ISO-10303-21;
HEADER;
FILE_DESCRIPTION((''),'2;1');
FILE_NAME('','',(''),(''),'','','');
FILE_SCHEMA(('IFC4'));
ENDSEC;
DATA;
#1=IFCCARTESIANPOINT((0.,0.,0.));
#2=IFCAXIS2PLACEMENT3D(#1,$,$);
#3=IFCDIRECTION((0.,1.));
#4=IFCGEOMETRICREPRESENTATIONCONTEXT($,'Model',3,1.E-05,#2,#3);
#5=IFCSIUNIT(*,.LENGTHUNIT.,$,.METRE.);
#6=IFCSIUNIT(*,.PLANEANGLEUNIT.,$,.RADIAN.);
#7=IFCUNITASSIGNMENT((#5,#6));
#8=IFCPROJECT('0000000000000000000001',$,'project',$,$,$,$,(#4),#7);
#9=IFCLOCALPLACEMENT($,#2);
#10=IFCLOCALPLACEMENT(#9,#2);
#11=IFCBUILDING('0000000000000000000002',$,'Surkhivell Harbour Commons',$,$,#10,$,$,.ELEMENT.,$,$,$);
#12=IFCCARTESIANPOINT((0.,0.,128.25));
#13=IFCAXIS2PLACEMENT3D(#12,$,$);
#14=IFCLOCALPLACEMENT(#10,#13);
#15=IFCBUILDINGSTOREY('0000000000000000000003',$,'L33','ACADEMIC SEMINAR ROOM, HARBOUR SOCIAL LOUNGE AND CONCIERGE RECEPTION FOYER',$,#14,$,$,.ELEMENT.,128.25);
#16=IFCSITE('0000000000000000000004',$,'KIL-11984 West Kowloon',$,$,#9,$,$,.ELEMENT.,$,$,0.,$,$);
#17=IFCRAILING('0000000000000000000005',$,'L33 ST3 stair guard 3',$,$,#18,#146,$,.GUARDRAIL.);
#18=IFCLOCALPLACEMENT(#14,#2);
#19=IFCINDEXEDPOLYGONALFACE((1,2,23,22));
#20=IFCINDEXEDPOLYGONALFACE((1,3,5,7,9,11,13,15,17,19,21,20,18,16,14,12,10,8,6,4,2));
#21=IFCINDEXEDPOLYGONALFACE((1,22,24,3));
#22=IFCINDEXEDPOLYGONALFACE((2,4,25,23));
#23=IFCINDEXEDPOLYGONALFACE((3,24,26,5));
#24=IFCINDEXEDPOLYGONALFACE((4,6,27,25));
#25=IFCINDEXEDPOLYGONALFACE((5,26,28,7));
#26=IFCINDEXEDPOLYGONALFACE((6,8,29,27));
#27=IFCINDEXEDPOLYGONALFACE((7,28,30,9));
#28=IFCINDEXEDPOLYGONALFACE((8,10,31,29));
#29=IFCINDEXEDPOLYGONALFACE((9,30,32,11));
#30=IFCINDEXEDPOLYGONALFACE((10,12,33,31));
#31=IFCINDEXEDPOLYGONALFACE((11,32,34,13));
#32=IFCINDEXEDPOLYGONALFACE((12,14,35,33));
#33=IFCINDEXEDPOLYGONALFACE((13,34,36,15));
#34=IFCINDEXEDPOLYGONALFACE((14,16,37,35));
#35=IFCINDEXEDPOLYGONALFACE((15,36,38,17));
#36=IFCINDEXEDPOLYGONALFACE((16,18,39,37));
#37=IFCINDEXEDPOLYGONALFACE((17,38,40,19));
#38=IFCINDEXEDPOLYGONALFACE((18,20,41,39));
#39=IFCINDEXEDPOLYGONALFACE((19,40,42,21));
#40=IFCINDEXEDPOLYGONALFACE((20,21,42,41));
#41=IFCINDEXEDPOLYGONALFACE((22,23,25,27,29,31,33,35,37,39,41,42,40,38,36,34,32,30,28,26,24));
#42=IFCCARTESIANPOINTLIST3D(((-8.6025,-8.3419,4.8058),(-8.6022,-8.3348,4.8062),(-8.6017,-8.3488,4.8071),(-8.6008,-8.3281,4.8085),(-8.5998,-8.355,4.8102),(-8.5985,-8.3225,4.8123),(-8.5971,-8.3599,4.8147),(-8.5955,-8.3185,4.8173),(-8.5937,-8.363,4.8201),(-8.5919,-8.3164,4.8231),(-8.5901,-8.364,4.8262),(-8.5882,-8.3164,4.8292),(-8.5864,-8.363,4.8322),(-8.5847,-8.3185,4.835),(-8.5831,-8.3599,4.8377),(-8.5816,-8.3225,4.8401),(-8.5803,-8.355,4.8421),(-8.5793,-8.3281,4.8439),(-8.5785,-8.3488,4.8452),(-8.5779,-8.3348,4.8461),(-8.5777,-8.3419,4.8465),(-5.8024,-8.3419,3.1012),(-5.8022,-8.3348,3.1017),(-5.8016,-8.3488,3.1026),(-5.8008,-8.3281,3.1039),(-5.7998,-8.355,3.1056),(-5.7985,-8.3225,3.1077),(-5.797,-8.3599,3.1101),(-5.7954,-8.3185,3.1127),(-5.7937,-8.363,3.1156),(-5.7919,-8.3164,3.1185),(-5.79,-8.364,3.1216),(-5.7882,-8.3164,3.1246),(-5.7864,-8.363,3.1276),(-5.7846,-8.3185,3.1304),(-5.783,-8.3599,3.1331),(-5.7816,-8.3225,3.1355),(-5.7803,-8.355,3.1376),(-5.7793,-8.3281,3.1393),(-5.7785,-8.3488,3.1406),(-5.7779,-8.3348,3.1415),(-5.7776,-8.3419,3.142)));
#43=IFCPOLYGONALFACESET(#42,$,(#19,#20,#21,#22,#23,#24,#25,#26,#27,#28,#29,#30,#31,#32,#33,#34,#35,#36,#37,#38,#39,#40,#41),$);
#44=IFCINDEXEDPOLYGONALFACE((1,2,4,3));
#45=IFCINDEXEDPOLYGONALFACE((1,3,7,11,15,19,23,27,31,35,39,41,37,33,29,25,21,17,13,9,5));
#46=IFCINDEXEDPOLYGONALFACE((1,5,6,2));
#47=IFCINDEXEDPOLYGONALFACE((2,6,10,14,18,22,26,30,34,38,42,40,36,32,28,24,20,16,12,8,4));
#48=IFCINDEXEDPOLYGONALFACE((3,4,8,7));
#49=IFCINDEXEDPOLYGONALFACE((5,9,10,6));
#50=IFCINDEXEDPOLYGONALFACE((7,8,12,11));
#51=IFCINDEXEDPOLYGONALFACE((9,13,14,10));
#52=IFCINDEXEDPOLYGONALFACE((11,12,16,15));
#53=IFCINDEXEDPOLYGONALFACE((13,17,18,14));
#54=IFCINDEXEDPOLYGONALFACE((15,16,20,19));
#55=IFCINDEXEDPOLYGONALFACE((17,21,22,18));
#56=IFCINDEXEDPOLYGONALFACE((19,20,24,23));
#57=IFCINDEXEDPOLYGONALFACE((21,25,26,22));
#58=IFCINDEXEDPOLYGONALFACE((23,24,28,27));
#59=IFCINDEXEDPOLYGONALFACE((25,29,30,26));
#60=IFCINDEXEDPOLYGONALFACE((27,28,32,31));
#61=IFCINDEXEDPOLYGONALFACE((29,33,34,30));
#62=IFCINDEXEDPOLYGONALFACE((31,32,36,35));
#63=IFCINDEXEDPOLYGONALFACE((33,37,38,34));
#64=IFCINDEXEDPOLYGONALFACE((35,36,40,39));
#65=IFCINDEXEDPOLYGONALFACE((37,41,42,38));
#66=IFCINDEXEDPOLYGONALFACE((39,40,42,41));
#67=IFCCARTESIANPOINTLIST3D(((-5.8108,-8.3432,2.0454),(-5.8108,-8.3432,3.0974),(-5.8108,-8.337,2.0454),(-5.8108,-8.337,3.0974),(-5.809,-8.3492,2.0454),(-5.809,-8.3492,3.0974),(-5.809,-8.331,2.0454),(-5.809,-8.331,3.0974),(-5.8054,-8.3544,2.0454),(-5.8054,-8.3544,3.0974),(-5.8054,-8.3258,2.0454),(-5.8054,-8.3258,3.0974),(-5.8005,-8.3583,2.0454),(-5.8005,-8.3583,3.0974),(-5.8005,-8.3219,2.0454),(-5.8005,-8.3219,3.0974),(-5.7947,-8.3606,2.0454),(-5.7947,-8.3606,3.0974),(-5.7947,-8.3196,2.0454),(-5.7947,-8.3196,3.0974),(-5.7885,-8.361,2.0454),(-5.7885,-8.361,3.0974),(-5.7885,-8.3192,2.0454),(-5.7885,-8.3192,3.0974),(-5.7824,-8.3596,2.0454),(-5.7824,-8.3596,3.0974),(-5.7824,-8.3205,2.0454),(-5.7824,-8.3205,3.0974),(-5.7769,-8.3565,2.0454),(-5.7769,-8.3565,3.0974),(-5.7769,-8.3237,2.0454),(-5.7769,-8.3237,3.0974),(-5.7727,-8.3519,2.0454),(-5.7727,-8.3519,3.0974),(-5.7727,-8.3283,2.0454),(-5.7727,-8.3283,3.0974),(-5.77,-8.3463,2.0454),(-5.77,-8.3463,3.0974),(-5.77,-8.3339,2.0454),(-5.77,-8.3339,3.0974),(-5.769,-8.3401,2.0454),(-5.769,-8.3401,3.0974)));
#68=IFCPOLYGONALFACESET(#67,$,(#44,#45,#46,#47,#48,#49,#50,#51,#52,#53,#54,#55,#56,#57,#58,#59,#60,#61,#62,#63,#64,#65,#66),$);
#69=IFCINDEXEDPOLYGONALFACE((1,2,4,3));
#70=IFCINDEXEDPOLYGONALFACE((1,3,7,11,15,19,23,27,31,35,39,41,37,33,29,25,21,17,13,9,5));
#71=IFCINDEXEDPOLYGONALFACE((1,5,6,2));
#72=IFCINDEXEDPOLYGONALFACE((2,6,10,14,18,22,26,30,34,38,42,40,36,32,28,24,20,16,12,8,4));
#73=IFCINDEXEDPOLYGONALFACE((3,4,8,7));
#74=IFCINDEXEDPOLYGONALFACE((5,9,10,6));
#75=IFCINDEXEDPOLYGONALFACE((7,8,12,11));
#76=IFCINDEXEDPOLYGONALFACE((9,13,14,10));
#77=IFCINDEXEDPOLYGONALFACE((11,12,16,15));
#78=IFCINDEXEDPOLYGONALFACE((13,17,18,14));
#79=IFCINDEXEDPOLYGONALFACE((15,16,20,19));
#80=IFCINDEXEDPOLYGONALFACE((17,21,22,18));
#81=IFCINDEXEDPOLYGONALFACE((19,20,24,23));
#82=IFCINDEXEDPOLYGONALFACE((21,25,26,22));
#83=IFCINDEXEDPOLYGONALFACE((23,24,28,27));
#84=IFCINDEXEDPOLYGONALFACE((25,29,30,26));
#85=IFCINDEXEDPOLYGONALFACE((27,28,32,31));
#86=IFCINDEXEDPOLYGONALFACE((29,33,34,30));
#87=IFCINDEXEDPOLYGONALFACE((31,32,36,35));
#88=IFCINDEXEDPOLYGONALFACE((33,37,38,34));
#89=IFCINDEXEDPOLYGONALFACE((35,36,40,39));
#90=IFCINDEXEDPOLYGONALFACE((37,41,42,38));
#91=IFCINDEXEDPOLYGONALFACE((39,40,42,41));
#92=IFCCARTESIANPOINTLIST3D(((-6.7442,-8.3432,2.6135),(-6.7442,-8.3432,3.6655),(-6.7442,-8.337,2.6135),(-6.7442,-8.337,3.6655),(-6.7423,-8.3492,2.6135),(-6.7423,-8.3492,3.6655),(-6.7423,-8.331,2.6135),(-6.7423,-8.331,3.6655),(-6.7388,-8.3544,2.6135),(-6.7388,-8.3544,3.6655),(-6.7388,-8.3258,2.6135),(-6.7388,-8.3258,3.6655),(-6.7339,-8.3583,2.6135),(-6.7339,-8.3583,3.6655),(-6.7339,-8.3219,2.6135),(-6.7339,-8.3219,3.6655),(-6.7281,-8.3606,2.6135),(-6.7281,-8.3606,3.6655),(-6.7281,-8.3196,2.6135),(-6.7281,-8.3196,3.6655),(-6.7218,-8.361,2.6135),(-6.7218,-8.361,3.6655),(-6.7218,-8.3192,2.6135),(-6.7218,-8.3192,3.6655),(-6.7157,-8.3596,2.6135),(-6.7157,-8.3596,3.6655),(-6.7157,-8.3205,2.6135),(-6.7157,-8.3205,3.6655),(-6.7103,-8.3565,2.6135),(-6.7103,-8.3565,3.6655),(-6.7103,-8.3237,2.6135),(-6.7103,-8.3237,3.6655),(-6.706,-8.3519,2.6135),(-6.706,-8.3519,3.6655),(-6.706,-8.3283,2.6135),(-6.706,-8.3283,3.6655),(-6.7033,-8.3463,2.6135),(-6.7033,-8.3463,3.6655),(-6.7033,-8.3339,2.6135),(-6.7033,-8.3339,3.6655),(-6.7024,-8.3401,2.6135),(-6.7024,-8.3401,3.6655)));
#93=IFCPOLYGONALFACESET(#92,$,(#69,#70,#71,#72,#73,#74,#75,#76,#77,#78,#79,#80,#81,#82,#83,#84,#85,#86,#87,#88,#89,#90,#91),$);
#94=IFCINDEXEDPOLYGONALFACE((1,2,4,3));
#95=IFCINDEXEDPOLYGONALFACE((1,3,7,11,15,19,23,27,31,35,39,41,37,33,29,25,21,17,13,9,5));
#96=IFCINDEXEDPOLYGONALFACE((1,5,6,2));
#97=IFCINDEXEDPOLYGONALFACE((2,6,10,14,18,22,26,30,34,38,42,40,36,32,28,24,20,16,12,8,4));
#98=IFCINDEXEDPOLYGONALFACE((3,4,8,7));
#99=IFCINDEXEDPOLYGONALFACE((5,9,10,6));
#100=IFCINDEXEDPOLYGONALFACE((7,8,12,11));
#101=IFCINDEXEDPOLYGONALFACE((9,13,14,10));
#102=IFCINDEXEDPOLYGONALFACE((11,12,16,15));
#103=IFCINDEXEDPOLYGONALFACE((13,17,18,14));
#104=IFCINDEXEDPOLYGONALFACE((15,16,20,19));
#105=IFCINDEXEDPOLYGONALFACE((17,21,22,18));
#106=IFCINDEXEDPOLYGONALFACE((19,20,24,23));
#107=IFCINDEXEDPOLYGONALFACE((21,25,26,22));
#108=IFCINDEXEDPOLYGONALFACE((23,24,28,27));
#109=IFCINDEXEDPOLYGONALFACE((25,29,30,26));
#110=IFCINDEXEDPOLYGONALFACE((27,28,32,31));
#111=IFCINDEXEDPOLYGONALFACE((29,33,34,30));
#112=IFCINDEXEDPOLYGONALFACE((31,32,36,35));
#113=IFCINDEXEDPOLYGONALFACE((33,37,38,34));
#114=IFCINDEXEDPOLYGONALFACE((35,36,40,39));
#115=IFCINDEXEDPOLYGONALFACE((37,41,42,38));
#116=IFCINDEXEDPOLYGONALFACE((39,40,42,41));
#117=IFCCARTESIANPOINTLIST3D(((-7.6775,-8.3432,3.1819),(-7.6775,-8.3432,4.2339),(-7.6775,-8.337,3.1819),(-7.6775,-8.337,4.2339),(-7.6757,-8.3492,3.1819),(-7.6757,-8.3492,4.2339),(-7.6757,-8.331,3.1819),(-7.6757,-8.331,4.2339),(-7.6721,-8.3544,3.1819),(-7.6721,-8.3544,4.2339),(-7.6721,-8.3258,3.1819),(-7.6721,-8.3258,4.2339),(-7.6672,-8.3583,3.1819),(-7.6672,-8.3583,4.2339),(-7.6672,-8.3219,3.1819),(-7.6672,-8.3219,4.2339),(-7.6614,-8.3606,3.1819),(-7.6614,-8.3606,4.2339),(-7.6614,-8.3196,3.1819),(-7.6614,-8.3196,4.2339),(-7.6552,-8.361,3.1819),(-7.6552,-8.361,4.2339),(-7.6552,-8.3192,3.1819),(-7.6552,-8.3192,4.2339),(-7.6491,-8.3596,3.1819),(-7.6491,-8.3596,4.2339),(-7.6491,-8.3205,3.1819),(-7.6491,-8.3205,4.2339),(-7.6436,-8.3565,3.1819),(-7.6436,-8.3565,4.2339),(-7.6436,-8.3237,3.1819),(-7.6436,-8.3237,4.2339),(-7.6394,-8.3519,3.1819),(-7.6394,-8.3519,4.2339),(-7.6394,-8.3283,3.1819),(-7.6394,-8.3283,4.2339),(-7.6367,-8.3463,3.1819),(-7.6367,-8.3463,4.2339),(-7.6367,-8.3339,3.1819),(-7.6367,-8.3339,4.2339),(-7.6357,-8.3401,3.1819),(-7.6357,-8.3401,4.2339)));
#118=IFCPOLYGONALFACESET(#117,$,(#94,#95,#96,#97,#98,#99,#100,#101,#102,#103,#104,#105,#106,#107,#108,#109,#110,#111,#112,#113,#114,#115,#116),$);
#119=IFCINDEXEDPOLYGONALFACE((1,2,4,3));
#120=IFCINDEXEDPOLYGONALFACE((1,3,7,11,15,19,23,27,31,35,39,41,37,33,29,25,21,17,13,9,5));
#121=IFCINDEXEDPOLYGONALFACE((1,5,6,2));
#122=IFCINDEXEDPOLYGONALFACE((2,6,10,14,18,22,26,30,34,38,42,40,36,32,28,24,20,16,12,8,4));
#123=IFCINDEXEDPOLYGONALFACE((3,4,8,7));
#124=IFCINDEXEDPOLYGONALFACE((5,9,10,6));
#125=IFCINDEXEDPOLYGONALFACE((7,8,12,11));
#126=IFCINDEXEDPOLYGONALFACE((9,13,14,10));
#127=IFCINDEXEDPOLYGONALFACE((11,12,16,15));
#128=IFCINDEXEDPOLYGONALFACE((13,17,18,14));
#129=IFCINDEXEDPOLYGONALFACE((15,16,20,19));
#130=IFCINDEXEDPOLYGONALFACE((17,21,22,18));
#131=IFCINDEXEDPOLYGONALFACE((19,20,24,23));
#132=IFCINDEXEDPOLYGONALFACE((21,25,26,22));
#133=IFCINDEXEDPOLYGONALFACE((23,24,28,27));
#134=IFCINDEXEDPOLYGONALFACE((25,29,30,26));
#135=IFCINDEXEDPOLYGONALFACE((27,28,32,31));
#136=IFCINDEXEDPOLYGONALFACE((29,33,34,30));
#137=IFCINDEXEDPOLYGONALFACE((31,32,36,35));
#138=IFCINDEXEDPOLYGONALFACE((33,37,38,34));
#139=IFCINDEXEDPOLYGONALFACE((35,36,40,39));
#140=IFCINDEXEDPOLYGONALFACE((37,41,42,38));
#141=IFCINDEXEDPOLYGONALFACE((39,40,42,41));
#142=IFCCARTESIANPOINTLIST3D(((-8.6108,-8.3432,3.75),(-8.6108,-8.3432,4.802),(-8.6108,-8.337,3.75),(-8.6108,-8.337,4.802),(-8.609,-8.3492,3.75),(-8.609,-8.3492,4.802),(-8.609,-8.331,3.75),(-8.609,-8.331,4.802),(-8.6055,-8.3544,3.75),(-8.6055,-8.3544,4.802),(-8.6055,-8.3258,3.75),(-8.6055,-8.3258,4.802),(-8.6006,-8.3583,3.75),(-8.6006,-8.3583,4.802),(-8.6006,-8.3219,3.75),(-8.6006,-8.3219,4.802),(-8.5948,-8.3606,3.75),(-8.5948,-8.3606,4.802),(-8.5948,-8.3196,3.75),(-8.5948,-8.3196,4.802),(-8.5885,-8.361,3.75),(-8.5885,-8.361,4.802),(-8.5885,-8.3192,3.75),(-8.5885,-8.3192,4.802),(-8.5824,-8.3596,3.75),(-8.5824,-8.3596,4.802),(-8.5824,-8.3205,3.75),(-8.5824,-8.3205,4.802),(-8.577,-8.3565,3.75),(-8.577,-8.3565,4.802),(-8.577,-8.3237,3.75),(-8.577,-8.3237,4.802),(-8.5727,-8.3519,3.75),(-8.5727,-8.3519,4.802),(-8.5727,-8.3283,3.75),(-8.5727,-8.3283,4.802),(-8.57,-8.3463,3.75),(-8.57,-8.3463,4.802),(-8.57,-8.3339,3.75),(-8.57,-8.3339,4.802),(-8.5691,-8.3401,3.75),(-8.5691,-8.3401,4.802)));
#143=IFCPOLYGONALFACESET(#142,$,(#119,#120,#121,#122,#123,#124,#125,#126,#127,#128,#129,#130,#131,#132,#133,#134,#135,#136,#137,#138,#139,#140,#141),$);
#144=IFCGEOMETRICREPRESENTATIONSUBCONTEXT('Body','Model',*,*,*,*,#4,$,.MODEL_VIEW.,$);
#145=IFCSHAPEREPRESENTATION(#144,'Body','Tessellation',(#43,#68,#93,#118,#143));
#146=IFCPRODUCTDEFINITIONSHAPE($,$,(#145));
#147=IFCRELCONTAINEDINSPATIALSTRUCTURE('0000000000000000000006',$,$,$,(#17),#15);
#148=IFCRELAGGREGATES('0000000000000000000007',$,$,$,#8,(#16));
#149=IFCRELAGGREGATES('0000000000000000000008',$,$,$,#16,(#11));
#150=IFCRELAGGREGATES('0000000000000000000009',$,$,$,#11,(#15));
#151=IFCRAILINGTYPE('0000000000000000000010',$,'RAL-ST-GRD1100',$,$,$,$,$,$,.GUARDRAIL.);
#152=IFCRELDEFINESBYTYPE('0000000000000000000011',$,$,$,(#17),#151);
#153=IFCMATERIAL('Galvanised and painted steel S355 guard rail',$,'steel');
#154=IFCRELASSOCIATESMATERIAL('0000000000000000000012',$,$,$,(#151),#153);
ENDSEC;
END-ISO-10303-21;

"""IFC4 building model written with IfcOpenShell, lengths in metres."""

from ifc_helpers import new_model, si_unit, direction, frame, origin, origin_2d, place, context, subcontext, project, spatial, circle, extrude, material, type_object, element, save


model = new_model("IFC4")

# Units and contexts
model_context = context("Model", 3, precision=1e-05, world=origin(), true_north=direction((0.0, 1.0)))
body_context = subcontext(model_context, "Body", "Model", "MODEL_VIEW")
ifc_project = project(units=[si_unit("LENGTHUNIT", "METRE"), si_unit("PLANEANGLEUNIT", "RADIAN")], contexts=[model_context])

# Site, building, storey
site_placement = place(None, origin())
site = spatial("IfcSite", under=ifc_project, at=site_placement, Name="KIL-11984 West Kowloon", CompositionType="ELEMENT", RefElevation=0.0)
building_placement = place(site_placement, origin())
building = spatial("IfcBuilding", under=site, at=building_placement, Name="Surkhivell Harbour Commons", CompositionType="ELEMENT")
storey_placement = place(building_placement, frame((0.0, 0.0, 128.25)))
storey = spatial("IfcBuildingStorey", under=building, at=storey_placement, Name="L33", Description="ACADEMIC SEMINAR ROOM, HARBOUR SOCIAL LOUNGE AND CONCIERGE RECEPTION FOYER", CompositionType="ELEMENT", Elevation=128.25)

# Railing
ifc_material_1 = material(Name="Galvanised and painted steel S355 guard rail", Category="steel")
railing_type_1 = type_object("IfcRailingType", Name="RAL-ST-GRD1100", PredefinedType="GUARDRAIL", material=ifc_material_1)
railing_1_placement = place(storey_placement, frame((-5.79, -8.3401, 2.0454)))
element("IfcRailing", 1, at=railing_1_placement, inside=storey, type_object=railing_type_1, Name="L33 ST3 stair guard 3", PredefinedType="GUARDRAIL", context=body_context, shape_type="SweptSolid", body=[
    extrude(circle(Radius=0.0239, at=origin_2d()), frame((0.0, 0.0, 1.0762), z_axis=(-0.85417, 0.0, 0.519994), x_axis=(0.0, -1.0, 0.0)), (0.0, 0.0, 1.0), 3.2781),
    extrude(circle(Radius=0.021, at=origin_2d()), origin(), (0.0, 0.0, 1.0), 1.052),
    extrude(circle(Radius=0.021, at=origin_2d()), frame((-0.9333, 0.0, 0.5681)), (0.0, 0.0, 1.0), 1.052),
    extrude(circle(Radius=0.021, at=origin_2d()), frame((-1.8667, 0.0, 1.1365)), (0.0, 0.0, 1.0), 1.052),
    extrude(circle(Radius=0.021, at=origin_2d()), frame((-2.8, 0.0, 1.7046)), (0.0, 0.0, 1.0), 1.052),
])

save(model, "model.ifc")
